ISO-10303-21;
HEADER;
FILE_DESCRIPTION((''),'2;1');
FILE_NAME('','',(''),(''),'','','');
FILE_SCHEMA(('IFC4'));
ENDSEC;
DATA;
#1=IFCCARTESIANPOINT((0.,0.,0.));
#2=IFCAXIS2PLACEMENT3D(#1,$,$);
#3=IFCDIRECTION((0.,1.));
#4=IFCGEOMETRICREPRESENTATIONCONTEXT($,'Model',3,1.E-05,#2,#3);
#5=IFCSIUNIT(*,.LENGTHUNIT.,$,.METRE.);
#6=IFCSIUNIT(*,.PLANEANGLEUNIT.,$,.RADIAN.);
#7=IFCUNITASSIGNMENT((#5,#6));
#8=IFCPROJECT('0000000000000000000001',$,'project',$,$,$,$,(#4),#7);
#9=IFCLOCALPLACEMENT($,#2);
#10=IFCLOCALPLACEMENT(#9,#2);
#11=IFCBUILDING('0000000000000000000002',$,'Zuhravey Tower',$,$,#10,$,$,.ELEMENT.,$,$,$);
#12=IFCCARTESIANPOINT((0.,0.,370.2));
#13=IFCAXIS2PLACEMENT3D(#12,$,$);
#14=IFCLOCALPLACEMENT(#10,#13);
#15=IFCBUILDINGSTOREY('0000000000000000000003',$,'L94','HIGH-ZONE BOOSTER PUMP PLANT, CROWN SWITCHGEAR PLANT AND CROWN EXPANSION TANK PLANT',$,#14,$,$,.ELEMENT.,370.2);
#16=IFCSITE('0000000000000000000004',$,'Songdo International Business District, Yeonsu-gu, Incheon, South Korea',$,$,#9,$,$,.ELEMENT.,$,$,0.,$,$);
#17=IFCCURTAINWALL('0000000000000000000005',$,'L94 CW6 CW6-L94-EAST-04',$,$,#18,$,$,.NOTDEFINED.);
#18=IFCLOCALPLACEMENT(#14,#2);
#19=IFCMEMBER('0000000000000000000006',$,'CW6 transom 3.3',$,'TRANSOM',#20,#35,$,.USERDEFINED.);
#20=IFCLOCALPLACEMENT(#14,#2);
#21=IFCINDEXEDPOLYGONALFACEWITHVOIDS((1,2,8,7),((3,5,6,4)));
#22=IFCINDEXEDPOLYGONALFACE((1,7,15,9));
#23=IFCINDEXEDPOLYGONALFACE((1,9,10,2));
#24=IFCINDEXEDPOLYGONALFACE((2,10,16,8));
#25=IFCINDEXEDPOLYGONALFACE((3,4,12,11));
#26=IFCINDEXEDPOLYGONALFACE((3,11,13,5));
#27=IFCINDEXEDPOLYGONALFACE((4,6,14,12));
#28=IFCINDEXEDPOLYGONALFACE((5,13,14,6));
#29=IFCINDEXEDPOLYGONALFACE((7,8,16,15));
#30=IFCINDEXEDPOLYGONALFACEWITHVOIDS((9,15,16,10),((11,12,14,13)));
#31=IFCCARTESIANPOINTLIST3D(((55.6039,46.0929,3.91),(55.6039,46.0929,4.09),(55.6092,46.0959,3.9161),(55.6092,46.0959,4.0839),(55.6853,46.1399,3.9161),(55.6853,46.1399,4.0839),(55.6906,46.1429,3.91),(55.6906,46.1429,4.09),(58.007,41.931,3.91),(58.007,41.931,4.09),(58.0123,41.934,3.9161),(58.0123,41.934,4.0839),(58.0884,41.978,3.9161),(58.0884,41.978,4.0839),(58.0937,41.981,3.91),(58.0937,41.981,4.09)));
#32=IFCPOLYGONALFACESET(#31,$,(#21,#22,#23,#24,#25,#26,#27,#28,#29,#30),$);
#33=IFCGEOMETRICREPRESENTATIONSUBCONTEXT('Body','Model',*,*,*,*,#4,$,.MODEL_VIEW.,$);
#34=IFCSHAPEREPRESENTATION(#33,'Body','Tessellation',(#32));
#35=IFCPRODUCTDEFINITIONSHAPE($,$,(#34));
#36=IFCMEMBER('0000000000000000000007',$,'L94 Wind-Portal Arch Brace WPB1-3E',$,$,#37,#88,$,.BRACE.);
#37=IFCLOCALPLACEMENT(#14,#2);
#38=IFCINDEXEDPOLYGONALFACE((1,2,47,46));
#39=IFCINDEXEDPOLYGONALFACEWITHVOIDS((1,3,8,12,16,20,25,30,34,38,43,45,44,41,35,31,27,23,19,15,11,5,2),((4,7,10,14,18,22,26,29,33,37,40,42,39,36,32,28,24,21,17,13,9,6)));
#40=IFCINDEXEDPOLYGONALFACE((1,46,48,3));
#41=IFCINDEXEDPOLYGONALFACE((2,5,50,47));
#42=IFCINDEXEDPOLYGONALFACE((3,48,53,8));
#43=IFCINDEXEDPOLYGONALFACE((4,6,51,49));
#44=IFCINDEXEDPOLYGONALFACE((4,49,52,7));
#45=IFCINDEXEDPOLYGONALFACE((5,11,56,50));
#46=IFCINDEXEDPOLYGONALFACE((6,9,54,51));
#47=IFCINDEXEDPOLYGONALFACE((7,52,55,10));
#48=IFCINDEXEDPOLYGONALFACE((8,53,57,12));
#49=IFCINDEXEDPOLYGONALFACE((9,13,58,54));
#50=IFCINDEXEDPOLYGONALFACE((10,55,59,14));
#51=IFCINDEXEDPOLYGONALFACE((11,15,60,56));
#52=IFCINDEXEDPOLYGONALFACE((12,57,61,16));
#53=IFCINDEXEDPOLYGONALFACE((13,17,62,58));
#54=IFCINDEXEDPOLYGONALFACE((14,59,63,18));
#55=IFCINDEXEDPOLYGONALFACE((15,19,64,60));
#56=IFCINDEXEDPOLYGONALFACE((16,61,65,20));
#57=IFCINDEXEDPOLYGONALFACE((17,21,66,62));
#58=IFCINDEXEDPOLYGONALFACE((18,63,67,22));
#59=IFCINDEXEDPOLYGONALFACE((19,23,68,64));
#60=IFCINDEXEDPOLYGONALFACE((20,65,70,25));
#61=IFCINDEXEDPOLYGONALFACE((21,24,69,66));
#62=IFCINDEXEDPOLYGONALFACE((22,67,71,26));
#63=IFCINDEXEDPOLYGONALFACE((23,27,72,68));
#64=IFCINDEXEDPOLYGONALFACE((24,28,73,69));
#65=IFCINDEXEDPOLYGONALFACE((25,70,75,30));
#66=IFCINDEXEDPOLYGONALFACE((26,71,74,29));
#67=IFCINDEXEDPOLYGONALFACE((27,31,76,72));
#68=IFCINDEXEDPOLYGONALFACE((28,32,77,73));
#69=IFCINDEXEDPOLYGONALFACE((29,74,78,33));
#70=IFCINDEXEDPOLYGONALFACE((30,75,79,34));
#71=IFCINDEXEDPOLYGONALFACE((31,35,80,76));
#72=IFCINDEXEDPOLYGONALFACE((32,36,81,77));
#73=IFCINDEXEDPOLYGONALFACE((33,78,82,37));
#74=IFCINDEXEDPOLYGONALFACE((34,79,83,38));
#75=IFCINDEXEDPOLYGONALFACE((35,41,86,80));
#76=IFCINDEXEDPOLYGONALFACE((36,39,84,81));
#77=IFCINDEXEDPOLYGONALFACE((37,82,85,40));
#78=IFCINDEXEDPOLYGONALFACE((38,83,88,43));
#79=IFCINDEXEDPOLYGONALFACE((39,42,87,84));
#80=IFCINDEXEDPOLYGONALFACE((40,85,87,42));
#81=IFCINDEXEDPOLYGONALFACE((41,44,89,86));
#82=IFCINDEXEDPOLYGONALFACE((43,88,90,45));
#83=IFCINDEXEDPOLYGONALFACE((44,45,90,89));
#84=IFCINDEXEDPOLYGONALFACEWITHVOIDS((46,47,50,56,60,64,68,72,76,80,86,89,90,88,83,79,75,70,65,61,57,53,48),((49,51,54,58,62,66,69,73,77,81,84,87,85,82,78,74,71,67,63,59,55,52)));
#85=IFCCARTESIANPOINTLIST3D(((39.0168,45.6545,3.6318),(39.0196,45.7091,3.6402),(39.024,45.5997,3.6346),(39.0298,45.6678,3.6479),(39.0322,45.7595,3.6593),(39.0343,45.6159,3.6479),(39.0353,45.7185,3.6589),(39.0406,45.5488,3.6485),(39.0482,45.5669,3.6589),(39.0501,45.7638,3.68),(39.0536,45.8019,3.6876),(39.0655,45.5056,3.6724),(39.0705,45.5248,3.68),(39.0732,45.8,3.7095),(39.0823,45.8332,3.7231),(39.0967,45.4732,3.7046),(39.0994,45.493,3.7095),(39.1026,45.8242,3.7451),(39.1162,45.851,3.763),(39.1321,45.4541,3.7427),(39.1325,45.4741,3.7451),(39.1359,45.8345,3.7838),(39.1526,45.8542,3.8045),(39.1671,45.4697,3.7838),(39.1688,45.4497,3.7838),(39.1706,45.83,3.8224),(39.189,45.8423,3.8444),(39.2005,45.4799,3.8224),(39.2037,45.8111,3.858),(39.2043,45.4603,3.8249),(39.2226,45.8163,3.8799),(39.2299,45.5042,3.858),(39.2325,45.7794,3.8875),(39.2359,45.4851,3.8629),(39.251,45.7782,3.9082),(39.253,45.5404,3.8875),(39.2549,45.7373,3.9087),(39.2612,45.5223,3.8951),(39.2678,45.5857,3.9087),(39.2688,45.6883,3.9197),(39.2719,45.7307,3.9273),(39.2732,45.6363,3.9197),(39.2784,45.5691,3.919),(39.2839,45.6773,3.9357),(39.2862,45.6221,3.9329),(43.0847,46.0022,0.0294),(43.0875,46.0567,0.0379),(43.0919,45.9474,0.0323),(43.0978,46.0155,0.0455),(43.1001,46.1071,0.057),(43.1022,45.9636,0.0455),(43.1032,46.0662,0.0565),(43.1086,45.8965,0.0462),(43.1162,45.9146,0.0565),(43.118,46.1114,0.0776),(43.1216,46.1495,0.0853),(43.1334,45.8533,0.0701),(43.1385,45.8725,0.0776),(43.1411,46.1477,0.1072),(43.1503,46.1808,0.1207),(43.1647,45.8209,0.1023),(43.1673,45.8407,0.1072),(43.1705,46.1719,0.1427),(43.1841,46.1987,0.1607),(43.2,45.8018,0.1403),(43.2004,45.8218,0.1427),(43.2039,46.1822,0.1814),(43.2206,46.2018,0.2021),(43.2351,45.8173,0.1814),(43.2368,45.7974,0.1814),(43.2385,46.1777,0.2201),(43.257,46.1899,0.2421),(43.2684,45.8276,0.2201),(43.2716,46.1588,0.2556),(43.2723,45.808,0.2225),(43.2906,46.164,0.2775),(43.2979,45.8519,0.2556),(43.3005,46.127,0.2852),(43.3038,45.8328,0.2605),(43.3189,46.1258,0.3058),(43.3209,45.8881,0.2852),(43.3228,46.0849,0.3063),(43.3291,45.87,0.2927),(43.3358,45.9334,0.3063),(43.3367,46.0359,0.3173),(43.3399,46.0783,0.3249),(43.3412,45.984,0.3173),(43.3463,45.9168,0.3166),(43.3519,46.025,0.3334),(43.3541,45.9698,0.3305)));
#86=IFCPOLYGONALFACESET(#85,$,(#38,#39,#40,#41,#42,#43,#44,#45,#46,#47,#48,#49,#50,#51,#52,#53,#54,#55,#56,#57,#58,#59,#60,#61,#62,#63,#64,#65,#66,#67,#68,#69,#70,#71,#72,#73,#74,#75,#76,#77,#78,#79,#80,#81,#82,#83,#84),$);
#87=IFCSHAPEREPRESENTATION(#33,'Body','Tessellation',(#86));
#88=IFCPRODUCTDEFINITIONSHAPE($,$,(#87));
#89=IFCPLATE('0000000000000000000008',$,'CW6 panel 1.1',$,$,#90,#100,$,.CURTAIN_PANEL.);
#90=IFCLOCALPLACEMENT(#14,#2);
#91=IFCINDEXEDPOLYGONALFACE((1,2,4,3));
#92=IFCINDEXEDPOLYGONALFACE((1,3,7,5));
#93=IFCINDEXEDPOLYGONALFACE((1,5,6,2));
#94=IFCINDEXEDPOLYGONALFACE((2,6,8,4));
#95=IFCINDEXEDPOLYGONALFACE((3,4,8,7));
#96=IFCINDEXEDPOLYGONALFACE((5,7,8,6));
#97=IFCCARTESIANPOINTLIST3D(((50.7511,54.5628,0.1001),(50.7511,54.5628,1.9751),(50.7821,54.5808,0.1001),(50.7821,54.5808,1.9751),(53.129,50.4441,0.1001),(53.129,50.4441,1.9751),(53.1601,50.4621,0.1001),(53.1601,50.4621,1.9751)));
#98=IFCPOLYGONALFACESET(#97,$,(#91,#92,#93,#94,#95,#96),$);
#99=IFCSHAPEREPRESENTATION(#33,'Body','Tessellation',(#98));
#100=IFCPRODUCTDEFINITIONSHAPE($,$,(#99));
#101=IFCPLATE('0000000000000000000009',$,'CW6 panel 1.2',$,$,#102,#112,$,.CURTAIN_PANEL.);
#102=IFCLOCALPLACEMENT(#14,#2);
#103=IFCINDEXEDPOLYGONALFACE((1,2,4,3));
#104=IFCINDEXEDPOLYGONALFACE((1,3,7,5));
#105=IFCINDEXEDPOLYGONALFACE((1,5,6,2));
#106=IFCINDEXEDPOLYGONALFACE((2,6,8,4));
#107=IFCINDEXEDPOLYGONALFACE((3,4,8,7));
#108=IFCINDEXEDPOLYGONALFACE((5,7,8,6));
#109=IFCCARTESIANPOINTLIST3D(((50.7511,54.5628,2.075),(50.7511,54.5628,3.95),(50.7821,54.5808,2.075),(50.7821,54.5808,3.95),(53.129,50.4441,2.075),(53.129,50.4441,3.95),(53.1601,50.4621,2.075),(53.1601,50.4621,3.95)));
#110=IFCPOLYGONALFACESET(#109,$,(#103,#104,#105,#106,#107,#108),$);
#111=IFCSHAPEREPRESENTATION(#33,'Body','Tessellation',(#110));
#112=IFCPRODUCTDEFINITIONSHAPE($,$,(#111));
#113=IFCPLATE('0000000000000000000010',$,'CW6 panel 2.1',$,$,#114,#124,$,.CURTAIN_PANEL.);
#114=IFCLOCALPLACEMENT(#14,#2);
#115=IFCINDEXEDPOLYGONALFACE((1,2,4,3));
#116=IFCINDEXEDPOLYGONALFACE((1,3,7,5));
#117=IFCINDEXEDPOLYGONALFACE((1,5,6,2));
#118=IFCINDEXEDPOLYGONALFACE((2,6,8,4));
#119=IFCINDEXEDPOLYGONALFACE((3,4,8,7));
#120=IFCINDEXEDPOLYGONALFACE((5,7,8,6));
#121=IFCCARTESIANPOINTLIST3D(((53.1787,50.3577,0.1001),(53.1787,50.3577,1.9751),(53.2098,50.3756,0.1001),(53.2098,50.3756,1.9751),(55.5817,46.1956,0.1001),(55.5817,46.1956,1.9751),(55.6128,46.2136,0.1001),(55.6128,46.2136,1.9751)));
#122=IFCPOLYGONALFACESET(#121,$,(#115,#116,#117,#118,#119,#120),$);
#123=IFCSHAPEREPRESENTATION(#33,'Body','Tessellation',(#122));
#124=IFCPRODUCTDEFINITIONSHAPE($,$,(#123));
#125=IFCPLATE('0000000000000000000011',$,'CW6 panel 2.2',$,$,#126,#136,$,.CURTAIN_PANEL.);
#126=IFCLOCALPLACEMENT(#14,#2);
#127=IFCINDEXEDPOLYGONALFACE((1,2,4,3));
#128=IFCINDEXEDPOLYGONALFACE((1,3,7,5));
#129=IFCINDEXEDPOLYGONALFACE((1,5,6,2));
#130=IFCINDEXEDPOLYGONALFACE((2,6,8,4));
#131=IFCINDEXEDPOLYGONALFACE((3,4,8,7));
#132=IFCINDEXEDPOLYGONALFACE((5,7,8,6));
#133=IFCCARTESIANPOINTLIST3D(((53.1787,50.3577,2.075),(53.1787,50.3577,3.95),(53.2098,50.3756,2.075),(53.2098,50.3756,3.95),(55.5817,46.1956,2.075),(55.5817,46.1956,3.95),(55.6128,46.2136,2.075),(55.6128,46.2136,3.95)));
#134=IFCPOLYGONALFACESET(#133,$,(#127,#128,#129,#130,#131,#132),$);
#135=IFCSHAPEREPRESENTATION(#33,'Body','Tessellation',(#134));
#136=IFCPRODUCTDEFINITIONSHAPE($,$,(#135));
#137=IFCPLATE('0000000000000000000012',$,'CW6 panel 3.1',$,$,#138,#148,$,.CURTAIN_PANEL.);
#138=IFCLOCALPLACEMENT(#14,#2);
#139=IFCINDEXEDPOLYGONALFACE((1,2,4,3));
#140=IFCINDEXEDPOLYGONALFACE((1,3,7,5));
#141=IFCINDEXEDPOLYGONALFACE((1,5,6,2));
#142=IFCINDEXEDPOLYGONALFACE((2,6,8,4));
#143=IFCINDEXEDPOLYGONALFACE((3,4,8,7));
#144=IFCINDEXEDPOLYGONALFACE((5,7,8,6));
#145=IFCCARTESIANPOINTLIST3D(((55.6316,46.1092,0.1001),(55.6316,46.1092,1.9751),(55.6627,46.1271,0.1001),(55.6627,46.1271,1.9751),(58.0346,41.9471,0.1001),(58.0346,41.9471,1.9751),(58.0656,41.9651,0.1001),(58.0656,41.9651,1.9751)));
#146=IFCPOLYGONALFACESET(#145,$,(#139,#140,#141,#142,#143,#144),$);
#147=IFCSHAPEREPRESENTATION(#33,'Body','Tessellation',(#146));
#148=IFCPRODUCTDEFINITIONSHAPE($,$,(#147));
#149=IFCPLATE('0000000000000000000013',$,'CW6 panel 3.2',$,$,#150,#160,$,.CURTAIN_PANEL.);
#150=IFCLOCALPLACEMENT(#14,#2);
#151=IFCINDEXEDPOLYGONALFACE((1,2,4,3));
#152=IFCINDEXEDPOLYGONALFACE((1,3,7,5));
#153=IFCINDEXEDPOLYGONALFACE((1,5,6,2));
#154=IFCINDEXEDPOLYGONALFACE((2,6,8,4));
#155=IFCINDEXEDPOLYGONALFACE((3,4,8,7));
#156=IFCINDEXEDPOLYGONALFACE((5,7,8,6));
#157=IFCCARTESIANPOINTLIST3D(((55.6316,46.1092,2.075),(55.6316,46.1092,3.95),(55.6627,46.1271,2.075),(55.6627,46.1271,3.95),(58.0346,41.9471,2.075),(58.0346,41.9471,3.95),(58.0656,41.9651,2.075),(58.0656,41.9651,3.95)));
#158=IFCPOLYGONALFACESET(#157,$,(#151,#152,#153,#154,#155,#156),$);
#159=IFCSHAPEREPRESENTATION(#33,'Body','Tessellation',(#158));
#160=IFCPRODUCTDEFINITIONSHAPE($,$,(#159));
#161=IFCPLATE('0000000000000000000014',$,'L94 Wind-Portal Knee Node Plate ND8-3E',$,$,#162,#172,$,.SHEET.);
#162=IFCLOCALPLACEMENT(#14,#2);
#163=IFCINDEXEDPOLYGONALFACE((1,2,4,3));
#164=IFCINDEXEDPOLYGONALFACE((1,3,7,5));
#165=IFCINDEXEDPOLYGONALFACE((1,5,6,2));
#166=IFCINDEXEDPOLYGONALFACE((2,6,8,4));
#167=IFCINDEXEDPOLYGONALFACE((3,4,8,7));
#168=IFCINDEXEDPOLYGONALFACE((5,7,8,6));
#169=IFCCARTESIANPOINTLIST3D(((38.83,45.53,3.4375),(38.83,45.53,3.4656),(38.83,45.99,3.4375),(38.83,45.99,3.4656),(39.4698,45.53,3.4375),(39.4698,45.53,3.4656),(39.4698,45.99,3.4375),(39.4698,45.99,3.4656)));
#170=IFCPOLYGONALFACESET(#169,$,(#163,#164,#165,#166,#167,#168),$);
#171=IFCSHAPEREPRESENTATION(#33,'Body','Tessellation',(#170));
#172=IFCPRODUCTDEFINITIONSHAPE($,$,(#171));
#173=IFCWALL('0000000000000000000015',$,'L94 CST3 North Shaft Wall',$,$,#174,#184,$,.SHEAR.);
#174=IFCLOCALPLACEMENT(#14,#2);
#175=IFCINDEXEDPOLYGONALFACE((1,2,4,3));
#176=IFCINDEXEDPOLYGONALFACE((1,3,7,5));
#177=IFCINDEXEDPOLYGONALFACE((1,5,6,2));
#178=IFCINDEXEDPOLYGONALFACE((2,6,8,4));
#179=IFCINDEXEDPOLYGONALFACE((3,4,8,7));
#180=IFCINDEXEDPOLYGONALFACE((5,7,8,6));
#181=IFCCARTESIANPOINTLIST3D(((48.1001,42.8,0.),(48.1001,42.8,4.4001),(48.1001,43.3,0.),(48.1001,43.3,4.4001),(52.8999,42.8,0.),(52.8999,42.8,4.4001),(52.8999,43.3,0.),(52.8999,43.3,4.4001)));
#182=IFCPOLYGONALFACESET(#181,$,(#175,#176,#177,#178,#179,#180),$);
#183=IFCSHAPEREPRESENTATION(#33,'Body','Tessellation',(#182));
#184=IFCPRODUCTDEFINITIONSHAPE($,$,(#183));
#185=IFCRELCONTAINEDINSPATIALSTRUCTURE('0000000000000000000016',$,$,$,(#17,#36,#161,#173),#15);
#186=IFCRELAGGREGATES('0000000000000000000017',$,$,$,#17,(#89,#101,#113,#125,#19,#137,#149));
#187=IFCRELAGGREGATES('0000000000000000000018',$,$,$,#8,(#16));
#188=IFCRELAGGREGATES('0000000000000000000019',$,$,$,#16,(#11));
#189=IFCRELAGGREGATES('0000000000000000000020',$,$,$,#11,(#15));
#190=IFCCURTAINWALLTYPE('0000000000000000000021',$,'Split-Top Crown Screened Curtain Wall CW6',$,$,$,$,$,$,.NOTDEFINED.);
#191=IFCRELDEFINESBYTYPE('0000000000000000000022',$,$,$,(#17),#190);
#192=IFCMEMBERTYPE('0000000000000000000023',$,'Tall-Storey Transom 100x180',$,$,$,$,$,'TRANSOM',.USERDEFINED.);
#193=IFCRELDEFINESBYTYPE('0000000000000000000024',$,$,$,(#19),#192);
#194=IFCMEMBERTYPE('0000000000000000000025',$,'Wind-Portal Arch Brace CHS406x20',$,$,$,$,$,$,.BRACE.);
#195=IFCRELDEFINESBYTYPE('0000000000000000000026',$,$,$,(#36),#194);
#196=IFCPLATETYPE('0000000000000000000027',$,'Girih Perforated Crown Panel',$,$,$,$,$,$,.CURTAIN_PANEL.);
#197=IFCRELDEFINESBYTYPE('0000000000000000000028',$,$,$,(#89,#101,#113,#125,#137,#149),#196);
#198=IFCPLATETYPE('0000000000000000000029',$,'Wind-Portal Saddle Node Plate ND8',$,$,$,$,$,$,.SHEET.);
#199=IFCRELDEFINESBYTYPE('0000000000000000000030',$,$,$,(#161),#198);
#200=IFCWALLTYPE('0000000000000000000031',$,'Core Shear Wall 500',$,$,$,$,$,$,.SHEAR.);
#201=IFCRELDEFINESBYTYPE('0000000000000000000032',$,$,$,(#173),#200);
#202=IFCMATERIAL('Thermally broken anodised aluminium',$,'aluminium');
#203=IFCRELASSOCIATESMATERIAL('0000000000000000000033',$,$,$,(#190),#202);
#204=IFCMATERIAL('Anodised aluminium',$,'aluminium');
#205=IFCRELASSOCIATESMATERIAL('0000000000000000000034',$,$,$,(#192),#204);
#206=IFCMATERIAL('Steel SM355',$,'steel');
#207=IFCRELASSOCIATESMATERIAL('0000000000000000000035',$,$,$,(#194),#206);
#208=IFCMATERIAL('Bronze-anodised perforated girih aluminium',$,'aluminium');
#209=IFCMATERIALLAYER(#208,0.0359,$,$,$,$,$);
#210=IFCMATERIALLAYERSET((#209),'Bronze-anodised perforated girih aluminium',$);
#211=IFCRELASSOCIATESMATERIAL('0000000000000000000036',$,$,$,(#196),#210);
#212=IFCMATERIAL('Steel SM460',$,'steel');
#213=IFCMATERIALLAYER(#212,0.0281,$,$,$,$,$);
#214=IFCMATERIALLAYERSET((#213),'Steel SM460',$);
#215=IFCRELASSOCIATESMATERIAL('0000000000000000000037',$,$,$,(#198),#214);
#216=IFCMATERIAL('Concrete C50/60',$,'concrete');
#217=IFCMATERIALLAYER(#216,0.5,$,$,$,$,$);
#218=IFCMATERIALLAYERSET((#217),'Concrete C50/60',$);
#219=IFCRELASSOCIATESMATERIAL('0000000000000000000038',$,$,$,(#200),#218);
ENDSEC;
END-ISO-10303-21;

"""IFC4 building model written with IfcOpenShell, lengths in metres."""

from ifc_helpers import new_model, si_unit, direction, frame, frame_2d, origin, origin_2d, place, context, subcontext, project, spatial, rectangle, hollow_rectangle, hollow_circle, extrude, material, layer, layer_set, material_profile, profile_set, type_object, element, aggregate, save


model = new_model("IFC4")

# Units and contexts
model_context = context("Model", 3, precision=1e-05, world=origin(), true_north=direction((0.0, 1.0)))
body_context = subcontext(model_context, "Body", "Model", "MODEL_VIEW")
ifc_project = project(units=[si_unit("LENGTHUNIT", "METRE"), si_unit("PLANEANGLEUNIT", "RADIAN")], contexts=[model_context])

# Site, building, storey
site_placement = place(None, origin())
site = spatial("IfcSite", under=ifc_project, at=site_placement, Name="Songdo International Business District, Yeonsu-gu, Incheon, South Korea", CompositionType="ELEMENT", RefElevation=0.0)
building_placement = place(site_placement, origin())
building = spatial("IfcBuilding", under=site, at=building_placement, Name="Zuhravey Tower", CompositionType="ELEMENT")
storey_placement = place(building_placement, frame((0.0, 0.0, 370.2)))
storey = spatial("IfcBuildingStorey", under=building, at=storey_placement, Name="L94", Description="HIGH-ZONE BOOSTER PUMP PLANT, CROWN SWITCHGEAR PLANT AND CROWN EXPANSION TANK PLANT", CompositionType="ELEMENT", Elevation=370.2)

# Shared definitions
ifc_material_1 = material(Name="Steel SM355", Category="steel")

# Curtain wall
ifc_material_2 = material(Name="Thermally broken anodised aluminium", Category="aluminium")
curtain_wall_type = type_object("IfcCurtainWallType", Name="Split-Top Crown Screened Curtain Wall CW6", PredefinedType="NOTDEFINED", material=ifc_material_2)
curtain_wall_placement = place(storey_placement, origin())
curtain_wall = element("IfcCurtainWall", 1, at=curtain_wall_placement, inside=storey, type_object=curtain_wall_type, Name="L94 CW6 CW6-L94-EAST-04", PredefinedType="NOTDEFINED")
ifc_material_3 = material(Name="Anodised aluminium", Category="aluminium")

# Members
ifc_material_profile_1 = material_profile(ifc_material_3, hollow_rectangle(XDim=0.1001, YDim=0.1799, WallThickness=0.0061, at=origin_2d()), Name="ALU-RHS-100x180x6")
ifc_profile_set_1 = profile_set([ifc_material_profile_1], Name="Anodised aluminium")
member_type_1 = type_object("IfcMemberType", Name="Tall-Storey Transom 100x180", ElementType="TRANSOM", PredefinedType="USERDEFINED", material=ifc_profile_set_1)
member_1_placement = place(storey_placement, frame((55.6472, 46.1179, 4.0), z_axis=(0.500035, -0.866005, 0.0), x_axis=(0.866005, 0.500035, 0.0)))
member_1 = element("IfcMember", 2, at=member_1_placement, type_object=member_type_1, Name="CW6 transom 3.3", ObjectType="TRANSOM", PredefinedType="USERDEFINED", context=body_context, shape_type="SweptSolid", body=[
    extrude(hollow_rectangle(XDim=0.1001, YDim=0.1799, WallThickness=0.0061, at=origin_2d()), origin(), (0.0, 0.0, 1.0), 4.8059),
])
ifc_material_profile_2 = material_profile(ifc_material_1, hollow_circle(Radius=0.2031, WallThickness=0.02, at=origin_2d()), Name="CHS-406.4x20")
ifc_profile_set_2 = profile_set([ifc_material_profile_2], Name="Steel SM355")
member_type_2 = type_object("IfcMemberType", Name="Wind-Portal Arch Brace CHS406x20", PredefinedType="BRACE", material=ifc_profile_set_2)
member_2_placement = place(storey_placement, frame((43.2195, 45.9998, 0.1814), z_axis=(-0.747122, -0.063852, 0.661613), x_axis=(0.085154, -0.996368, 0.0)))
element("IfcMember", 3, at=member_2_placement, inside=storey, type_object=member_type_2, Name="L94 Wind-Portal Arch Brace WPB1-3E", PredefinedType="BRACE", context=body_context, shape_type="SweptSolid", body=[
    extrude(hollow_circle(Radius=0.2031, WallThickness=0.02, at=origin_2d()), origin(), (0.0, 0.0, 1.0), 5.4448),
])

# Plates
ifc_material_4 = material(Name="Bronze-anodised perforated girih aluminium", Category="aluminium")
ifc_layer_1 = layer(ifc_material_4, 0.0359)
ifc_layer_set_1 = layer_set([ifc_layer_1], Name="Bronze-anodised perforated girih aluminium")
plate_type_1 = type_object("IfcPlateType", Name="Girih Perforated Crown Panel", PredefinedType="CURTAIN_PANEL", material=ifc_layer_set_1)
plate_1_placement = place(storey_placement, frame((51.9556, 52.5125, 0.1001), z_axis=(0.0, 0.0, 1.0), x_axis=(0.499997, -0.866027, 0.0)))
plate_1 = element("IfcPlate", 4, at=plate_1_placement, type_object=plate_type_1, Name="CW6 panel 1.1", PredefinedType="CURTAIN_PANEL", context=body_context, shape_type="SweptSolid", body=[
    extrude(rectangle(XDim=4.7559, YDim=0.0359, at=origin_2d()), origin(), (0.0, 0.0, 1.0), 1.875),
])
plate_2_placement = place(storey_placement, frame((51.9556, 52.5125, 2.075), z_axis=(0.0, 0.0, 1.0), x_axis=(0.499997, -0.866027, 0.0)))
plate_2 = element("IfcPlate", 5, at=plate_2_placement, type_object=plate_type_1, Name="CW6 panel 1.2", PredefinedType="CURTAIN_PANEL", context=body_context, shape_type="SweptSolid", body=[
    extrude(rectangle(XDim=4.7559, YDim=0.0359, at=origin_2d()), origin(), (0.0, 0.0, 1.0), 1.875),
])
plate_3_placement = place(storey_placement, frame((54.3958, 48.2856, 0.1001), z_axis=(0.0, 0.0, 1.0), x_axis=(0.499997, -0.866027, 0.0)))
plate_3 = element("IfcPlate", 6, at=plate_3_placement, type_object=plate_type_1, Name="CW6 panel 2.1", PredefinedType="CURTAIN_PANEL", context=body_context, shape_type="SweptSolid", body=[
    extrude(rectangle(XDim=4.8059, YDim=0.0359, at=origin_2d()), origin(), (0.0, 0.0, 1.0), 1.875),
])
plate_4_placement = place(storey_placement, frame((54.3958, 48.2856, 2.075), z_axis=(0.0, 0.0, 1.0), x_axis=(0.499997, -0.866027, 0.0)))
plate_4 = element("IfcPlate", 7, at=plate_4_placement, type_object=plate_type_1, Name="CW6 panel 2.2", PredefinedType="CURTAIN_PANEL", context=body_context, shape_type="SweptSolid", body=[
    extrude(rectangle(XDim=4.8059, YDim=0.0359, at=origin_2d()), origin(), (0.0, 0.0, 1.0), 1.875),
])
plate_5_placement = place(storey_placement, frame((56.8486, 44.0371, 0.1001), z_axis=(0.0, 0.0, 1.0), x_axis=(0.499997, -0.866027, 0.0)))
plate_5 = element("IfcPlate", 8, at=plate_5_placement, type_object=plate_type_1, Name="CW6 panel 3.1", PredefinedType="CURTAIN_PANEL", context=body_context, shape_type="SweptSolid", body=[
    extrude(rectangle(XDim=4.8059, YDim=0.0359, at=origin_2d()), origin(), (0.0, 0.0, 1.0), 1.875),
])
plate_6_placement = place(storey_placement, frame((56.8486, 44.0371, 2.075), z_axis=(0.0, 0.0, 1.0), x_axis=(0.499997, -0.866027, 0.0)))
plate_6 = element("IfcPlate", 9, at=plate_6_placement, type_object=plate_type_1, Name="CW6 panel 3.2", PredefinedType="CURTAIN_PANEL", context=body_context, shape_type="SweptSolid", body=[
    extrude(rectangle(XDim=4.8059, YDim=0.0359, at=origin_2d()), origin(), (0.0, 0.0, 1.0), 1.875),
])
aggregate(curtain_wall, [plate_1, plate_2, plate_3, plate_4, member_1, plate_5, plate_6])
ifc_material_5 = material(Name="Steel SM460", Category="steel")
ifc_layer_2 = layer(ifc_material_5, 0.0281)
ifc_layer_set_2 = layer_set([ifc_layer_2], Name="Steel SM460")
plate_type_2 = type_object("IfcPlateType", Name="Wind-Portal Saddle Node Plate ND8", PredefinedType="SHEET", material=ifc_layer_set_2)
plate_7_placement = place(storey_placement, frame((39.1499, 45.76, 3.4375), z_axis=(0.0, 0.0, 1.0), x_axis=(1.0, 0.0, 0.0)))
element("IfcPlate", 10, at=plate_7_placement, inside=storey, type_object=plate_type_2, Name="L94 Wind-Portal Knee Node Plate ND8-3E", PredefinedType="SHEET", context=body_context, shape_type="SweptSolid", body=[
    extrude(rectangle(XDim=0.6399, YDim=0.46, at=origin_2d()), origin(), (0.0, 0.0, 1.0), 0.0281),
])

# Wall
ifc_material_6 = material(Name="Concrete C50/60", Category="concrete")
ifc_layer_3 = layer(ifc_material_6, 0.5)
ifc_layer_set_3 = layer_set([ifc_layer_3], Name="Concrete C50/60")
wall_type_1 = type_object("IfcWallType", Name="Core Shear Wall 500", PredefinedType="SHEAR", material=ifc_layer_set_3)
wall_1_placement = place(storey_placement, frame((52.8999, 43.05, 0.0), z_axis=(0.0, 0.0, 1.0), x_axis=(-1.0, 0.0, 0.0)))
element("IfcWall", 11, at=wall_1_placement, inside=storey, type_object=wall_type_1, Name="L94 CST3 North Shaft Wall", PredefinedType="SHEAR", context=body_context, shape_type="SweptSolid", body=[
    extrude(rectangle(XDim=4.7998, YDim=0.5, at=frame_2d((2.3999, 0.0))), origin(), (0.0, 0.0, 1.0), 4.4001),
])

save(model, "model.ifc")
